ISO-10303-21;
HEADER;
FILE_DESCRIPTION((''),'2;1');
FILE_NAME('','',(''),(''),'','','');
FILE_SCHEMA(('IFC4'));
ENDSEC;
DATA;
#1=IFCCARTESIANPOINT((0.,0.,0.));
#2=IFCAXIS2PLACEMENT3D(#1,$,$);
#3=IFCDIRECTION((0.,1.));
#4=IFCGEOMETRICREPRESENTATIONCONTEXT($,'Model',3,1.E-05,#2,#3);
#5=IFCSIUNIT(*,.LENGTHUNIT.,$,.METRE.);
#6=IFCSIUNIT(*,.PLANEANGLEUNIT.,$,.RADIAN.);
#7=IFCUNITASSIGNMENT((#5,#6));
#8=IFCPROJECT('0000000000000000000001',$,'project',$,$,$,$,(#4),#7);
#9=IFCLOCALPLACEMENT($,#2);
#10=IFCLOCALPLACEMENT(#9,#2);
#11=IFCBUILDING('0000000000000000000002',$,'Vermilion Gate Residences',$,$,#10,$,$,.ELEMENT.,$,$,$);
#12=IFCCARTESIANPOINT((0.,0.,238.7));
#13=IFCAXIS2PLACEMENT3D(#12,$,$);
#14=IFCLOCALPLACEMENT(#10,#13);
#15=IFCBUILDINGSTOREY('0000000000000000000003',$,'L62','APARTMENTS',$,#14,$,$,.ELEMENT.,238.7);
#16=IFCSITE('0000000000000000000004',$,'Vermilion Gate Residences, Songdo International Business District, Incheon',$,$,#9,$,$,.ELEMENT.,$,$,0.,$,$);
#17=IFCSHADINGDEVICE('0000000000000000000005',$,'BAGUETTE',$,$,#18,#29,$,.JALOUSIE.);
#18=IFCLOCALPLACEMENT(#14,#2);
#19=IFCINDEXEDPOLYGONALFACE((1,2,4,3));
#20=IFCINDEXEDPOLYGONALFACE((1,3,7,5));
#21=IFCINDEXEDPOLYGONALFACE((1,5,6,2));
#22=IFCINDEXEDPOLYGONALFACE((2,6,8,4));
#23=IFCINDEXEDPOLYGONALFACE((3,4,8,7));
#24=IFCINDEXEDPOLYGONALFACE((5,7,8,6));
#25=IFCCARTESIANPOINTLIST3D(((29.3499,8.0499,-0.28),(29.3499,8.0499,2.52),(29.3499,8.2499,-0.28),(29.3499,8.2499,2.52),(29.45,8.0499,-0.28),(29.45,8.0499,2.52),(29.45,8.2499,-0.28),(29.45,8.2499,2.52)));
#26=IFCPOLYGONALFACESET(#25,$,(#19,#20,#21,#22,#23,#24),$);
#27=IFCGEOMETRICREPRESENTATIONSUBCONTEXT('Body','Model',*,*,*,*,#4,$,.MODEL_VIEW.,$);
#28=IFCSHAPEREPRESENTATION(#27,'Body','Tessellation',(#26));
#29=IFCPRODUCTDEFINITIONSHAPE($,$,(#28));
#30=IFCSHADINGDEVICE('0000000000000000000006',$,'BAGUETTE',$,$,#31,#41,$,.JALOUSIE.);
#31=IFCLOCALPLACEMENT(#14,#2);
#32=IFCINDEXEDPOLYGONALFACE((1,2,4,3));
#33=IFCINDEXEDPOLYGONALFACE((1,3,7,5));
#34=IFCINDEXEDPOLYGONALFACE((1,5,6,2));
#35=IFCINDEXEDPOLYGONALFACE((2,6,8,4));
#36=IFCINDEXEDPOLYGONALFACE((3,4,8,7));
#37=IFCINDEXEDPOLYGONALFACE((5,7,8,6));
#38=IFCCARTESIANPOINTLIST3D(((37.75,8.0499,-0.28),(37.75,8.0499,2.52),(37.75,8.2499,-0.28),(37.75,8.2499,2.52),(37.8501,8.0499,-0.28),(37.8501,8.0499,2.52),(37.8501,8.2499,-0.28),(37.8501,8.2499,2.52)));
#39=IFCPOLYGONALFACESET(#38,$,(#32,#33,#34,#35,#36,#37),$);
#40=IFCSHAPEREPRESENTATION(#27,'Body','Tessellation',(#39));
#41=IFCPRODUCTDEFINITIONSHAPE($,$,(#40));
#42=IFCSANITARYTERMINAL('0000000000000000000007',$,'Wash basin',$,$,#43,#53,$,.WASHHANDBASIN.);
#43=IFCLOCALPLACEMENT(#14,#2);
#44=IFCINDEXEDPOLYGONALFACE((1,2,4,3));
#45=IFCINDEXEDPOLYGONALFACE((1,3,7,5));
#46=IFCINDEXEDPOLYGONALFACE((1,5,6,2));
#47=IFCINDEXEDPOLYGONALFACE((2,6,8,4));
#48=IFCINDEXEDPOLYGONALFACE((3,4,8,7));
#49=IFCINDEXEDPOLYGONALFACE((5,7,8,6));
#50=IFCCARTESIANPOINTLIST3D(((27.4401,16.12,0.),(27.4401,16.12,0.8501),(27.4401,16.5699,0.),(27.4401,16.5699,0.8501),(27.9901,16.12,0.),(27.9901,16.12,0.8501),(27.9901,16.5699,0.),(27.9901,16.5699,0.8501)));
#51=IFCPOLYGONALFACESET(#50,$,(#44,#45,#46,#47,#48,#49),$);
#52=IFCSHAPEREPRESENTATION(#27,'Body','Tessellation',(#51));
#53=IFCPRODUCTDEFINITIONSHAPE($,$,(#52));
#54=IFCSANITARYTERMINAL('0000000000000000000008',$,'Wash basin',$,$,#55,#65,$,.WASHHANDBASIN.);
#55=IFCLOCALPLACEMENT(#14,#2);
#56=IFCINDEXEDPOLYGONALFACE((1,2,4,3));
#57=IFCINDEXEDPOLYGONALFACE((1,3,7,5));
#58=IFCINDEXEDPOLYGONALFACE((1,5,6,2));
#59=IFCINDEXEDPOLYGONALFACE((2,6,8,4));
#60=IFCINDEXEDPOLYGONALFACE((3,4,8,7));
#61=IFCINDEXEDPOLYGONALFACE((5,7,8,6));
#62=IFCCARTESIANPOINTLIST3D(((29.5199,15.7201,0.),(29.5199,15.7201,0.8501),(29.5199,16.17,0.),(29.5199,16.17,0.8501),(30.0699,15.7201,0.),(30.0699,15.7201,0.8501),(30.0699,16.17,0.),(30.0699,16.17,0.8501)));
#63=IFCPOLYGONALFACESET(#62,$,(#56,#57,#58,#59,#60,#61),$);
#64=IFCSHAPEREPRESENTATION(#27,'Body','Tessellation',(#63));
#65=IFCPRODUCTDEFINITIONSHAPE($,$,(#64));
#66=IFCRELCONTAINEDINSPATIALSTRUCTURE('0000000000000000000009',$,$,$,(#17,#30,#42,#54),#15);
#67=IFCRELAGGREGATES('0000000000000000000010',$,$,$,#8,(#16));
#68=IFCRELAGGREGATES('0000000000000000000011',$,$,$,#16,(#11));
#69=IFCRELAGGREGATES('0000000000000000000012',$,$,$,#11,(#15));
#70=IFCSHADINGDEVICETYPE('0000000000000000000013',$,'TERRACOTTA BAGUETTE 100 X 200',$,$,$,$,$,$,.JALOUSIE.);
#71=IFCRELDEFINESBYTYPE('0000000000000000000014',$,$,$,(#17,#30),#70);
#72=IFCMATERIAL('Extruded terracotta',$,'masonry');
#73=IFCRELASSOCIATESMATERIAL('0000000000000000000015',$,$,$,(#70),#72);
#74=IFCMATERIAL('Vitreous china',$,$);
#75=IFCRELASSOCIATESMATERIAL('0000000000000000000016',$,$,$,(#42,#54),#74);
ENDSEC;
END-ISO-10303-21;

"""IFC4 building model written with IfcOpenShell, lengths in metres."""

from ifc_helpers import new_model, si_unit, direction, frame, origin, origin_2d, place, context, subcontext, project, spatial, rectangle, extrude, material, material_profile, profile_set, type_object, element, save


model = new_model("IFC4")

# Units and contexts
model_context = context("Model", 3, precision=1e-05, world=origin(), true_north=direction((0.0, 1.0)))
body_context = subcontext(model_context, "Body", "Model", "MODEL_VIEW")
ifc_project = project(units=[si_unit("LENGTHUNIT", "METRE"), si_unit("PLANEANGLEUNIT", "RADIAN")], contexts=[model_context])

# Site, building, storey
site_placement = place(None, origin())
site = spatial("IfcSite", under=ifc_project, at=site_placement, Name="Vermilion Gate Residences, Songdo International Business District, Incheon", CompositionType="ELEMENT", RefElevation=0.0)
building_placement = place(site_placement, origin())
building = spatial("IfcBuilding", under=site, at=building_placement, Name="Vermilion Gate Residences", CompositionType="ELEMENT")
storey_placement = place(building_placement, frame((0.0, 0.0, 238.7)))
storey = spatial("IfcBuildingStorey", under=building, at=storey_placement, Name="L62", Description="APARTMENTS", CompositionType="ELEMENT", Elevation=238.7)

# Shading devices
ifc_material_1 = material(Name="Extruded terracotta", Category="masonry")
ifc_material_profile_1 = material_profile(ifc_material_1, rectangle(XDim=0.2, YDim=0.1001, at=origin_2d()), Name="BAGUETTE 100 X 200")
ifc_profile_set_1 = profile_set([ifc_material_profile_1], Name="Extruded terracotta")
shading_device_type = type_object("IfcShadingDeviceType", Name="TERRACOTTA BAGUETTE 100 X 200", PredefinedType="JALOUSIE", material=ifc_profile_set_1)
for number, where, z_axis, x_axis, name in (
    (1, (29.3999, 8.1499, -0.28), (0.0, 0.0, 1.0), (0.0, 1.0, 0.0), "BAGUETTE"),
    (2, (37.8, 8.1499, -0.28), (0.0, 0.0, 1.0), (0.0, 1.0, 0.0), "BAGUETTE"),
):
    element("IfcShadingDevice", number, at=place(storey_placement, frame(where, z_axis=z_axis, x_axis=x_axis)), inside=storey, type_object=shading_device_type, Name=name, PredefinedType="JALOUSIE", context=body_context, shape_type="SweptSolid", body=[
        extrude(rectangle(XDim=0.2, YDim=0.1001, at=origin_2d()), origin(), (0.0, 0.0, 1.0), 2.8),
    ])

# Sanitary terminals
ifc_material_2 = material(Name="Vitreous china")
for number, where, z_axis, x_axis, name in (
    (3, (27.7151, 16.345, 0.0), (0.0, 0.0, 1.0), (1.0, 0.0, 0.0), "Wash basin"),
    (4, (29.7949, 15.9451, 0.0), (0.0, 0.0, 1.0), (1.0, 0.0, 0.0), "Wash basin"),
):
    element("IfcSanitaryTerminal", number, at=place(storey_placement, frame(where, z_axis=z_axis, x_axis=x_axis)), inside=storey, material=ifc_material_2, Name=name, PredefinedType="WASHHANDBASIN", context=body_context, shape_type="SweptSolid", body=[
        extrude(rectangle(XDim=0.55, YDim=0.45, at=origin_2d()), origin(), (0.0, 0.0, 1.0), 0.8501),
    ])

save(model, "model.ifc")
